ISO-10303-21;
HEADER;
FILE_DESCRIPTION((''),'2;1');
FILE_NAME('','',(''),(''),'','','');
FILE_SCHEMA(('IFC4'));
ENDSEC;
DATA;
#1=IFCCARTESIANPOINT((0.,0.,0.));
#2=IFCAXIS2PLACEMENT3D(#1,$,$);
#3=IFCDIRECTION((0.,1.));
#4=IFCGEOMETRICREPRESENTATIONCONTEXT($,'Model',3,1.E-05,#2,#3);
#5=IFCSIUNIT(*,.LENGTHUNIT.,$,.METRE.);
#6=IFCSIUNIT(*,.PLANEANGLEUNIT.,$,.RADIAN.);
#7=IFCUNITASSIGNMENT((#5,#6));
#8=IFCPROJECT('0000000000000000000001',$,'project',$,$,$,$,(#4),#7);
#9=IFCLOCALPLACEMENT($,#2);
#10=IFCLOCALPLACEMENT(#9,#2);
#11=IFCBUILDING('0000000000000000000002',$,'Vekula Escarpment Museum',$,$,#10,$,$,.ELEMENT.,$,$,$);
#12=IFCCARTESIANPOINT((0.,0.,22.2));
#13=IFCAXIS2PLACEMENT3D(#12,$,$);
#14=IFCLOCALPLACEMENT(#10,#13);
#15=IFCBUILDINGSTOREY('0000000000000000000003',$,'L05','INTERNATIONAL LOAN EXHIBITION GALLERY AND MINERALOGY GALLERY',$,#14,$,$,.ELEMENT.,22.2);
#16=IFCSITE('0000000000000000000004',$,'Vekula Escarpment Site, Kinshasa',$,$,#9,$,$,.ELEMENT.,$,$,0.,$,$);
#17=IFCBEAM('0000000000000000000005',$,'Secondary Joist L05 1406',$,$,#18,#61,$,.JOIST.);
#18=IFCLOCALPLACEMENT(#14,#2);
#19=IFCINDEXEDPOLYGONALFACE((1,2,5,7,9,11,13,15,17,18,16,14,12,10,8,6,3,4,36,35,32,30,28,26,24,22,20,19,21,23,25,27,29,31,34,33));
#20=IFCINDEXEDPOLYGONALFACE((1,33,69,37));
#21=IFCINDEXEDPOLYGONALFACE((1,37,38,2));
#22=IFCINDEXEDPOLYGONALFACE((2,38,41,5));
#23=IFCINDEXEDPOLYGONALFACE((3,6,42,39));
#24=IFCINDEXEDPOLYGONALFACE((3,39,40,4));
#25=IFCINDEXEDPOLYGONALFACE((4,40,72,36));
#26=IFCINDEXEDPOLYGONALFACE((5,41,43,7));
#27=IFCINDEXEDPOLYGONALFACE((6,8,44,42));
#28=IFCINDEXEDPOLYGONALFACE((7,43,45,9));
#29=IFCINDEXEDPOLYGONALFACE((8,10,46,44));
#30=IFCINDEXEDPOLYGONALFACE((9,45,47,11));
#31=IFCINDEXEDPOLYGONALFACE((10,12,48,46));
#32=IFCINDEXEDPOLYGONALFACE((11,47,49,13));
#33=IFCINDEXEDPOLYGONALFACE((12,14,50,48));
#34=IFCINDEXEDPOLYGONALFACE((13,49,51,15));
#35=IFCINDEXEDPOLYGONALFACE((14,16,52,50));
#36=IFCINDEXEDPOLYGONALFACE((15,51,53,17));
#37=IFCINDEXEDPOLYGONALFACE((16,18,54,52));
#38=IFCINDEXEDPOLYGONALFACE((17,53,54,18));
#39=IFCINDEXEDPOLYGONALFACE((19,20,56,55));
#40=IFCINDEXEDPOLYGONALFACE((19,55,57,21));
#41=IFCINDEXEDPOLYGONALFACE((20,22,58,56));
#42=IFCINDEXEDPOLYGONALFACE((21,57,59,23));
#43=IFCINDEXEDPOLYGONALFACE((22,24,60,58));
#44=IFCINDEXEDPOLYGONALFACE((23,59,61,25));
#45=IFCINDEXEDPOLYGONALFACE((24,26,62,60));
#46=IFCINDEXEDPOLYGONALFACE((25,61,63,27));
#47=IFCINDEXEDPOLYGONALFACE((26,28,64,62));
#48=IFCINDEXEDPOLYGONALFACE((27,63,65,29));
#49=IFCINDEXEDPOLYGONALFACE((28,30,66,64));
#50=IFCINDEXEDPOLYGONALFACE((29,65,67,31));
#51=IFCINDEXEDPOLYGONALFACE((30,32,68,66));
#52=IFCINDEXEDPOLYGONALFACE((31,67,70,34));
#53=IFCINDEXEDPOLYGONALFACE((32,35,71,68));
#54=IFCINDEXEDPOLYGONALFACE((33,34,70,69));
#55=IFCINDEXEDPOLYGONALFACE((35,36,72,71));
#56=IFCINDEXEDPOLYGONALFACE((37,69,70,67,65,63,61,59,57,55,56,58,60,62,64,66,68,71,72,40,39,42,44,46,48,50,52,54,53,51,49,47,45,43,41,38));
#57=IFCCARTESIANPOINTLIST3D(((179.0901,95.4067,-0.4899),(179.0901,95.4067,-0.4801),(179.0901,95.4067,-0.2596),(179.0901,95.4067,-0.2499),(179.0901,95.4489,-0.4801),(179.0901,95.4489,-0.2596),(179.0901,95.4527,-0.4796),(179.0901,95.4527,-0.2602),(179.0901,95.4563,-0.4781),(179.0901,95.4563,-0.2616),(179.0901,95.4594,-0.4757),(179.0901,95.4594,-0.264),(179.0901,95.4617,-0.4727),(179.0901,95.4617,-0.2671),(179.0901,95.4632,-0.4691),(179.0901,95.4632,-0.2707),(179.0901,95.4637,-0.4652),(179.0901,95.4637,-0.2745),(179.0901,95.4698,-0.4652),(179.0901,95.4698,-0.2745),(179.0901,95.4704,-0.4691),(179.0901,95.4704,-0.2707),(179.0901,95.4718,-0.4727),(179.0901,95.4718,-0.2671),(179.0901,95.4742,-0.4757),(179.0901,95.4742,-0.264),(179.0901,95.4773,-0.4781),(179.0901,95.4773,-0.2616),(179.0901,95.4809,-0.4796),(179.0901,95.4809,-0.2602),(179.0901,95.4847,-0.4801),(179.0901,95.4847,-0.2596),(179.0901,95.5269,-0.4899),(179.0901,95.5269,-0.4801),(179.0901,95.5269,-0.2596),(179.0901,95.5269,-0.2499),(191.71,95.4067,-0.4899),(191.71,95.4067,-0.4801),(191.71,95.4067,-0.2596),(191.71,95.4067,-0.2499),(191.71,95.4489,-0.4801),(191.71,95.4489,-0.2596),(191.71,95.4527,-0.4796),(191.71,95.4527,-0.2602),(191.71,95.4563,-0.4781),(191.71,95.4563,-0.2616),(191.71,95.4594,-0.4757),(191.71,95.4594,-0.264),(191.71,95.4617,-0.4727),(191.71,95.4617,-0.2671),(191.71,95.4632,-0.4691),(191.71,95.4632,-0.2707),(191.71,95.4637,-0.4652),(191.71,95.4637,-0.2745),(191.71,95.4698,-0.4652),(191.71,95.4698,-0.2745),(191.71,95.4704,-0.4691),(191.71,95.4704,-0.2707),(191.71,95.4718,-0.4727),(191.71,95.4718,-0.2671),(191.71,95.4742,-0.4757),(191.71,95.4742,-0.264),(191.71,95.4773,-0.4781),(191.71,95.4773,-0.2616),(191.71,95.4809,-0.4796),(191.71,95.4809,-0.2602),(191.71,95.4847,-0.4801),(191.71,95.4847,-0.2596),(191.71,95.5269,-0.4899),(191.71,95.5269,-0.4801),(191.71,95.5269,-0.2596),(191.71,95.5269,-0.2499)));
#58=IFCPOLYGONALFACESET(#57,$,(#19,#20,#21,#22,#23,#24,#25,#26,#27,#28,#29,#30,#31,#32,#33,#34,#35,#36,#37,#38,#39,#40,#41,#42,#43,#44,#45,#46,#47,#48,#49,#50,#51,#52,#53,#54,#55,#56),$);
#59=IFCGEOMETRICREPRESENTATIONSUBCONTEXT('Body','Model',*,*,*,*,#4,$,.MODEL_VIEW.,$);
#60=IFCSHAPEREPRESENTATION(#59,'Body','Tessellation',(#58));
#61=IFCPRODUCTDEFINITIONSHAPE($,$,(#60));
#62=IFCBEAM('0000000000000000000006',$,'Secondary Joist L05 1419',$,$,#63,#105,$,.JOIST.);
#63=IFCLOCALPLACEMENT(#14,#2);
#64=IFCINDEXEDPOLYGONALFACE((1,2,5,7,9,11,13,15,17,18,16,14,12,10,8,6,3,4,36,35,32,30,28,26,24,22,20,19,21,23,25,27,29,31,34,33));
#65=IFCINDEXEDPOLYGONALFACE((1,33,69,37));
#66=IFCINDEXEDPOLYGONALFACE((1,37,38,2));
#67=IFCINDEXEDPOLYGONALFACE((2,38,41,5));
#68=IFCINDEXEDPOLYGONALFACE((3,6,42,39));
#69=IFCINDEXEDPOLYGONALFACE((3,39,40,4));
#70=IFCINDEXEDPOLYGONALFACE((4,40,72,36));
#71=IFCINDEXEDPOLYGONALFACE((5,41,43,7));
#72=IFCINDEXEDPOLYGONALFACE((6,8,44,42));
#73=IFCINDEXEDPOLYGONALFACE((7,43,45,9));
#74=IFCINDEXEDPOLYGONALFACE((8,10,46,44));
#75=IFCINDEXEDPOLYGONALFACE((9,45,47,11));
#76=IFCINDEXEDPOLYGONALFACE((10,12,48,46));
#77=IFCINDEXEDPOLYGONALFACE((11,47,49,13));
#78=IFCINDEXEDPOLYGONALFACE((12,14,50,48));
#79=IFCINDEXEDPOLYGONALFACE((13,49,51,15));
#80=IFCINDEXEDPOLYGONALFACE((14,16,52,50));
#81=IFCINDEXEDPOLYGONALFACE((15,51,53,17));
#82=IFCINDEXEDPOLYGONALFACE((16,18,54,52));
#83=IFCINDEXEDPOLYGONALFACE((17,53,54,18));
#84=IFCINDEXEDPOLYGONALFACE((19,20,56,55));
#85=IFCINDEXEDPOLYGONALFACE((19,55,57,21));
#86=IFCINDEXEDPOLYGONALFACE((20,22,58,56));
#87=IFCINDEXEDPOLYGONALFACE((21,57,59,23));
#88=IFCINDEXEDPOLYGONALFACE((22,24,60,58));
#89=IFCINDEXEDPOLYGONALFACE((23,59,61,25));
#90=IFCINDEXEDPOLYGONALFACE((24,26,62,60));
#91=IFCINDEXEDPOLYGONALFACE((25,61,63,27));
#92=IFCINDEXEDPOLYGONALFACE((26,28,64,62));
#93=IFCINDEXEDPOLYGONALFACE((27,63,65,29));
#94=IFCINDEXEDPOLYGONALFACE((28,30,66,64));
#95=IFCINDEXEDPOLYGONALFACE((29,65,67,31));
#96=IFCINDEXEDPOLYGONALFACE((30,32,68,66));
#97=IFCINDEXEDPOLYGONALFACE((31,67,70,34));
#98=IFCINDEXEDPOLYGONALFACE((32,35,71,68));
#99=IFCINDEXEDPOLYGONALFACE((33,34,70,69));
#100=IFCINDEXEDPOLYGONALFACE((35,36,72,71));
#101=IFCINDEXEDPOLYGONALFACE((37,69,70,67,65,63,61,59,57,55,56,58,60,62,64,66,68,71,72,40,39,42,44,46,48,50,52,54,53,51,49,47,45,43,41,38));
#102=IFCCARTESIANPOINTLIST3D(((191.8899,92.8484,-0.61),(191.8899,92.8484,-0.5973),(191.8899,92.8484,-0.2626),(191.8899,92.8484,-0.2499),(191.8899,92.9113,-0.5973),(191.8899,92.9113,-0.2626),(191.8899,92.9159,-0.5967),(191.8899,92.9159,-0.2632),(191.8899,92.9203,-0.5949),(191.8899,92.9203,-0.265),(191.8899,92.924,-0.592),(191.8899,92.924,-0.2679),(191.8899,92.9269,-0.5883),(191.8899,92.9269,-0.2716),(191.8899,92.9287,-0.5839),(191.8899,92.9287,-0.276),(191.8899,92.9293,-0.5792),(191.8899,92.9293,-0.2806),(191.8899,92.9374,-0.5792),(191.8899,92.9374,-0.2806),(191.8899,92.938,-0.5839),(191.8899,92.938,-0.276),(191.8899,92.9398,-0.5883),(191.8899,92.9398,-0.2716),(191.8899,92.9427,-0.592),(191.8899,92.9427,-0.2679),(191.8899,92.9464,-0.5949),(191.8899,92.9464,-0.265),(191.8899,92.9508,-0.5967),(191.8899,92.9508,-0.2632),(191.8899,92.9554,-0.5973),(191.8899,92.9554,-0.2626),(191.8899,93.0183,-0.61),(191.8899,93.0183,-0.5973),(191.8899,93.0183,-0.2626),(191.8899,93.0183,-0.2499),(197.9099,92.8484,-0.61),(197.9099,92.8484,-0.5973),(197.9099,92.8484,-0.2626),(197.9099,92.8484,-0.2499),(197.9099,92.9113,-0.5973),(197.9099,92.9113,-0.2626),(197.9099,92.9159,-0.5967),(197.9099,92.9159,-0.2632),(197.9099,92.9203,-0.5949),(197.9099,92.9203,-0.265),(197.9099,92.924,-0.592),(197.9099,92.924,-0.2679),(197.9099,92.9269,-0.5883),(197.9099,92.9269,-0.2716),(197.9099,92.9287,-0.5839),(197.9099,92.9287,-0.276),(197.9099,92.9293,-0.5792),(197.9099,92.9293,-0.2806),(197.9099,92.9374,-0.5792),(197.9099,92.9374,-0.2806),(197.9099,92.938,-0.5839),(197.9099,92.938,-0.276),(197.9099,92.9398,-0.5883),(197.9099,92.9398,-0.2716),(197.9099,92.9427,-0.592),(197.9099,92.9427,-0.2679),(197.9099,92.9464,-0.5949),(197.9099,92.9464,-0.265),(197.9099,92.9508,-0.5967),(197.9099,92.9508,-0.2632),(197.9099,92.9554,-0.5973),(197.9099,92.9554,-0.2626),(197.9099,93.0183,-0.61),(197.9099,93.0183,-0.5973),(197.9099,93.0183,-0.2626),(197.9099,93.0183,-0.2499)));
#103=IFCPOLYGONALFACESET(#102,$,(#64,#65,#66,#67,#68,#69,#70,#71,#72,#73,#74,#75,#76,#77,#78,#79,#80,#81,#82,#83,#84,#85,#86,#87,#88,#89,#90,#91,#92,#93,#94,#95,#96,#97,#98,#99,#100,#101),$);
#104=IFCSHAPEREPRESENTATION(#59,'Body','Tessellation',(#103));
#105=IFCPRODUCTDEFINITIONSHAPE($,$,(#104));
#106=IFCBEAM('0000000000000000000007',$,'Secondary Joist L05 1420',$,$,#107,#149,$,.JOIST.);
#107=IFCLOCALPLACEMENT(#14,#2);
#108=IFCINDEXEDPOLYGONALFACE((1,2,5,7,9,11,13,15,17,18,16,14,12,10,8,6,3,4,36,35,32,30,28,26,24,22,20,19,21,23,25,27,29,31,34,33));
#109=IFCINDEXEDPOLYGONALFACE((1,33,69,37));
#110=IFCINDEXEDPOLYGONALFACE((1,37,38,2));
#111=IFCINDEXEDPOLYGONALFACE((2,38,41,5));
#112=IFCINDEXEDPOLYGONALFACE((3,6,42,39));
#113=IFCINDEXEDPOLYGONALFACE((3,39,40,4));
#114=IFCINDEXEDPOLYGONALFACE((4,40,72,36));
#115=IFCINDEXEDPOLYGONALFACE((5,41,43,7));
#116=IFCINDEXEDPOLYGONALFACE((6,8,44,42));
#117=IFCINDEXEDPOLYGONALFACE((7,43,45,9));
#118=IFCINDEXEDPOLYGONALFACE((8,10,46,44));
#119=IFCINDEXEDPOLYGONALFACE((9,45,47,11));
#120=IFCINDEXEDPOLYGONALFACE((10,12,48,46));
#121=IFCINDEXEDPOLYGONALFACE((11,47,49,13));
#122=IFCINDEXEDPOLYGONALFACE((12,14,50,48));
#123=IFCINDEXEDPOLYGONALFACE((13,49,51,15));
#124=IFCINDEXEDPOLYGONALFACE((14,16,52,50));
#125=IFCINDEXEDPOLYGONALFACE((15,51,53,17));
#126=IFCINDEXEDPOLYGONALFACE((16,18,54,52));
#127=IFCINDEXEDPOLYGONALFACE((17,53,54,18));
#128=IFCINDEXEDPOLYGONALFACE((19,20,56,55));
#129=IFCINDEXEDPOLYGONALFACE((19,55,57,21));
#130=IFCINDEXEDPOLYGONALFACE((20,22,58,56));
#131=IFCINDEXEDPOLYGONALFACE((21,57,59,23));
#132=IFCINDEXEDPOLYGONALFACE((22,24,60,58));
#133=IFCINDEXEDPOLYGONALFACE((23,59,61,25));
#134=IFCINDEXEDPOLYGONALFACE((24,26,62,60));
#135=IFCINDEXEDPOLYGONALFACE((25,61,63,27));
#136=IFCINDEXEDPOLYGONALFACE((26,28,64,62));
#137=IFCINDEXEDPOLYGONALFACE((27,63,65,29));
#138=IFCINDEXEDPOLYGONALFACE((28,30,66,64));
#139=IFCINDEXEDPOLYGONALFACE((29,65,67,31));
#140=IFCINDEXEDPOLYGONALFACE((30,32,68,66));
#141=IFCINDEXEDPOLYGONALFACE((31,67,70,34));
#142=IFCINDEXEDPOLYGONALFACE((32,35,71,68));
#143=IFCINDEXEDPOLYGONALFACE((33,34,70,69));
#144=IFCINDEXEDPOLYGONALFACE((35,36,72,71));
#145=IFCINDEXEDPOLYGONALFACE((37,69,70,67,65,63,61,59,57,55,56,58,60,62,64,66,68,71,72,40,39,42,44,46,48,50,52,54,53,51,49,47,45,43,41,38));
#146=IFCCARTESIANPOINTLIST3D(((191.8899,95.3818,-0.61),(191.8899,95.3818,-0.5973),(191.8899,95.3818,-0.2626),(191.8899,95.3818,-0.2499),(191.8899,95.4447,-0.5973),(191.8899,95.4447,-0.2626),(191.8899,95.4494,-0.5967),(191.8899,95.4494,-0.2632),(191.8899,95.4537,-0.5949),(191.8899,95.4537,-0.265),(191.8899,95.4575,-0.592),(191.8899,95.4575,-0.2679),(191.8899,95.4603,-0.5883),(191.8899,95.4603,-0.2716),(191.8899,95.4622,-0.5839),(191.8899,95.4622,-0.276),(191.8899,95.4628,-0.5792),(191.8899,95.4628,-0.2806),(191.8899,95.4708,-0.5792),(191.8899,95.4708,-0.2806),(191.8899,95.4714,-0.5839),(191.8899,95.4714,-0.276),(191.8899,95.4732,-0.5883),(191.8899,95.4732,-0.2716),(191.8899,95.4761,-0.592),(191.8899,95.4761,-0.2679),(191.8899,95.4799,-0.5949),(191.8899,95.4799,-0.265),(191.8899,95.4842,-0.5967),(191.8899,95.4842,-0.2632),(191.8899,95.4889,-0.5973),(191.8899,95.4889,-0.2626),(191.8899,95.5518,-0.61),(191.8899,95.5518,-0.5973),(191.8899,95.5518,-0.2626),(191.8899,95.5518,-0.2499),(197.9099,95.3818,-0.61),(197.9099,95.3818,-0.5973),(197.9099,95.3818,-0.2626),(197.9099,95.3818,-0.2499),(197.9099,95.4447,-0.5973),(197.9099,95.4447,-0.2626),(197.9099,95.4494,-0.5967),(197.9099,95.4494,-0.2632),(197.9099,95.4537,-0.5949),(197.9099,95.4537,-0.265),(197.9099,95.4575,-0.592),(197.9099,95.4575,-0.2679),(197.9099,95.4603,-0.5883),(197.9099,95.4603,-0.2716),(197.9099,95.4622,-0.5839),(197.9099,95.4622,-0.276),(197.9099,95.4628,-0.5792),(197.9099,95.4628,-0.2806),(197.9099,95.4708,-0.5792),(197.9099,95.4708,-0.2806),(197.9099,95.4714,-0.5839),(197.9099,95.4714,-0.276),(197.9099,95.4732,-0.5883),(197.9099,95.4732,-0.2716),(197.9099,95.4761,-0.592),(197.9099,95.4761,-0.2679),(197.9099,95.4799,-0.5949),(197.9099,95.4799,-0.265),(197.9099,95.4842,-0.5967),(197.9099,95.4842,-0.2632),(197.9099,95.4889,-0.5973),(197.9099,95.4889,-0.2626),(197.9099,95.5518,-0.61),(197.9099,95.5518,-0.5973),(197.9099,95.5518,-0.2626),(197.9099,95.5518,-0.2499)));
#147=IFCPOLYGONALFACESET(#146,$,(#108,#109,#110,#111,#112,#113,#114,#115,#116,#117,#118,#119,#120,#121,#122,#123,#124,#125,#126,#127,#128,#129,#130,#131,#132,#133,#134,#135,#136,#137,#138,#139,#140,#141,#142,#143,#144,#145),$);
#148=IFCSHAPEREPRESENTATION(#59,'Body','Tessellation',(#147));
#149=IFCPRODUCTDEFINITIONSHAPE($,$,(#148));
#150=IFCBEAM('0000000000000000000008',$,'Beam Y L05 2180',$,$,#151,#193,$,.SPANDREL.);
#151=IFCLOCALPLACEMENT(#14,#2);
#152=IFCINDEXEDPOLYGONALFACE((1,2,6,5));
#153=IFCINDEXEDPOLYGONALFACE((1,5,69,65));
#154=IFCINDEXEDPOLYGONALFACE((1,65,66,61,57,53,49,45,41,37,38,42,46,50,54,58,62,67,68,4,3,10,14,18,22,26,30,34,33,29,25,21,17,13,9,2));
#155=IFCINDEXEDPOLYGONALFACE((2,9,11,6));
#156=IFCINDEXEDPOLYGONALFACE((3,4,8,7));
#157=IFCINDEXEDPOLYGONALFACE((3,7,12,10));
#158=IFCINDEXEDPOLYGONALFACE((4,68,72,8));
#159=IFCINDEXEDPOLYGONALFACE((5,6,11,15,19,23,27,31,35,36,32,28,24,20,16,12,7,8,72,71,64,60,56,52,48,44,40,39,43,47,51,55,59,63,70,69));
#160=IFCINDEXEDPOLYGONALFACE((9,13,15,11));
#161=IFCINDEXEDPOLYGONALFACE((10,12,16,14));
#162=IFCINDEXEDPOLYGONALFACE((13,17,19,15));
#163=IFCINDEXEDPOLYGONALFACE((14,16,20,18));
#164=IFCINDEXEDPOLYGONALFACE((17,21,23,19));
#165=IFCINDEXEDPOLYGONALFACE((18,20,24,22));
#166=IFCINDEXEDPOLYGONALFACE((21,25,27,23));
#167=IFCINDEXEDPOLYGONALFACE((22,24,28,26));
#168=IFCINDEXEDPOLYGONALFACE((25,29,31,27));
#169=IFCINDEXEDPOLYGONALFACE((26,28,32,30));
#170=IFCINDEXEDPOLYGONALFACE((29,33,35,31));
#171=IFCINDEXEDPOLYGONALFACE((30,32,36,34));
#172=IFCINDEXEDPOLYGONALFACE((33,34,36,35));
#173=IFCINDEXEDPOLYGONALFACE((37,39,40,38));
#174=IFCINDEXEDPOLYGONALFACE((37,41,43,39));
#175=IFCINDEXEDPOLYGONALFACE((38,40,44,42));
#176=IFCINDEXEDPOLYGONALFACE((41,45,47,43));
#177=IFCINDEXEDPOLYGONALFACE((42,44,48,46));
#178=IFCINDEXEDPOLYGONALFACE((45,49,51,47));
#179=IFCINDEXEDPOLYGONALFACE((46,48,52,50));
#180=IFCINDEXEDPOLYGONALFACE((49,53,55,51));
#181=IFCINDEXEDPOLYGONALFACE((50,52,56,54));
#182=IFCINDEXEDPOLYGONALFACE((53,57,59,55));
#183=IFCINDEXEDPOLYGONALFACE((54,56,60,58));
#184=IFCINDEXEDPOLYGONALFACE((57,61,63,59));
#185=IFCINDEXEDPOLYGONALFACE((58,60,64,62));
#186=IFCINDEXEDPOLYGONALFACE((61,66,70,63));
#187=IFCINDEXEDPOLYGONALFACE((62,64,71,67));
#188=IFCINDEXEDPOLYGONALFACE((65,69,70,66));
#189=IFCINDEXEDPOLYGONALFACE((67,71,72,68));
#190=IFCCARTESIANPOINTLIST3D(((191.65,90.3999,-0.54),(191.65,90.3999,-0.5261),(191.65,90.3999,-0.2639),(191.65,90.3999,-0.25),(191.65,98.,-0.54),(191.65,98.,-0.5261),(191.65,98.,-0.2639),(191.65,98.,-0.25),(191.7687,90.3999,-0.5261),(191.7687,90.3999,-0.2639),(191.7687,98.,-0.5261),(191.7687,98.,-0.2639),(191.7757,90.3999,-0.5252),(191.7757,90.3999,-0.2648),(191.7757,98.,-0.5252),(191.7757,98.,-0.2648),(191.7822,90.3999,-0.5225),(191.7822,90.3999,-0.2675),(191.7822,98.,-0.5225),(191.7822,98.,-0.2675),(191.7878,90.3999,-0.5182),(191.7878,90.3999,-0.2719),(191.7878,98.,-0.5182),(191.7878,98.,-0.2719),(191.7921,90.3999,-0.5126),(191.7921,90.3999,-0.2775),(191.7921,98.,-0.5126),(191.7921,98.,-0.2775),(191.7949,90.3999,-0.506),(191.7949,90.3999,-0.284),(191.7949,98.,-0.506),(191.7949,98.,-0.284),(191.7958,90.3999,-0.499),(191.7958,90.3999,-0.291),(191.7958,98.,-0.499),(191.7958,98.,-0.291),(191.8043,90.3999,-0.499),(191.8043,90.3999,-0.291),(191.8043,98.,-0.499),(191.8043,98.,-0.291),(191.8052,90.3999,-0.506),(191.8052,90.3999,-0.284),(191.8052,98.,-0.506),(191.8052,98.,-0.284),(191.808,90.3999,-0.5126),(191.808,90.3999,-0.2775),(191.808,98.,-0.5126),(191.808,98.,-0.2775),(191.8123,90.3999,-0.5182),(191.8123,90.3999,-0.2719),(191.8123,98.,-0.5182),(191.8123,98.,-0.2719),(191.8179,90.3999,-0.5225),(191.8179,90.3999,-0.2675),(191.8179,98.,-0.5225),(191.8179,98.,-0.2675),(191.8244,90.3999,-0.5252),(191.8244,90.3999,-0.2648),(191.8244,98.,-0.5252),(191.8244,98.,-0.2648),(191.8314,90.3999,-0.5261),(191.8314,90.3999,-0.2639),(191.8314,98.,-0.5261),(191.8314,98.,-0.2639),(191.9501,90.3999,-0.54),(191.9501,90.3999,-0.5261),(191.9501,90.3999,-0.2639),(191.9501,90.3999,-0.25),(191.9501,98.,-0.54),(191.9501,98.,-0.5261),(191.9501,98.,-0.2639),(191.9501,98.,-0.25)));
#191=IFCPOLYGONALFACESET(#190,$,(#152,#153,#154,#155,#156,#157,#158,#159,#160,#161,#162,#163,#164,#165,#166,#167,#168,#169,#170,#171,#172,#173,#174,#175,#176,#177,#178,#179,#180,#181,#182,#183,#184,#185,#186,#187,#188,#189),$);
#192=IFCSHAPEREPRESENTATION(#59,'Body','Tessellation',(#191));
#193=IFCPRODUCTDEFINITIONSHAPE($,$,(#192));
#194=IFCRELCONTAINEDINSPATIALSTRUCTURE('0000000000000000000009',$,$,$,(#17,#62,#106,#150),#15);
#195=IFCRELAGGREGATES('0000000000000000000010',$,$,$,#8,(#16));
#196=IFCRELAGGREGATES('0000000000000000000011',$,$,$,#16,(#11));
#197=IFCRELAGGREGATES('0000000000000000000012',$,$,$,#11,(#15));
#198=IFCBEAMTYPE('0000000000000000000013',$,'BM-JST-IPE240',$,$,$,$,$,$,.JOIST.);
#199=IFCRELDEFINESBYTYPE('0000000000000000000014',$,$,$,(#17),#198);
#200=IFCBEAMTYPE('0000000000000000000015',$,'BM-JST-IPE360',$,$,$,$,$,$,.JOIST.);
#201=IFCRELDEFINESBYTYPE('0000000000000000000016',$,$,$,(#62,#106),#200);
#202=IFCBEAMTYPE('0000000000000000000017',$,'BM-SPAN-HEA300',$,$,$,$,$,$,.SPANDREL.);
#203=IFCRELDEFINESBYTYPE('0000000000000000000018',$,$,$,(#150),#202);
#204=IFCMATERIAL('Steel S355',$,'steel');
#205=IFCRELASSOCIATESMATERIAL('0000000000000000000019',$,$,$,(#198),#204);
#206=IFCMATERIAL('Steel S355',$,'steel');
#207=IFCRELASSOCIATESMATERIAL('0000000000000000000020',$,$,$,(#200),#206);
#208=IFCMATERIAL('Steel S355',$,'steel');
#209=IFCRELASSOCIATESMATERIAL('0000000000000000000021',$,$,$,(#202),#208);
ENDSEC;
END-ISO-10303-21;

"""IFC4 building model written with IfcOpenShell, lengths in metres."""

from ifc_helpers import new_model, si_unit, direction, frame, origin, origin_2d, place, context, subcontext, project, spatial, i_section, extrude, material, material_profile, profile_set, type_object, element, save


model = new_model("IFC4")

# Units and contexts
model_context = context("Model", 3, precision=1e-05, world=origin(), true_north=direction((0.0, 1.0)))
body_context = subcontext(model_context, "Body", "Model", "MODEL_VIEW")
ifc_project = project(units=[si_unit("LENGTHUNIT", "METRE"), si_unit("PLANEANGLEUNIT", "RADIAN")], contexts=[model_context])

# Site, building, storey
site_placement = place(None, origin())
site = spatial("IfcSite", under=ifc_project, at=site_placement, Name="Vekula Escarpment Site, Kinshasa", CompositionType="ELEMENT", RefElevation=0.0)
building_placement = place(site_placement, origin())
building = spatial("IfcBuilding", under=site, at=building_placement, Name="Vekula Escarpment Museum", CompositionType="ELEMENT")
storey_placement = place(building_placement, frame((0.0, 0.0, 22.2)))
storey = spatial("IfcBuildingStorey", under=building, at=storey_placement, Name="L05", Description="INTERNATIONAL LOAN EXHIBITION GALLERY AND MINERALOGY GALLERY", CompositionType="ELEMENT", Elevation=22.2)

# Beams
ifc_material_1 = material(Name="Steel S355", Category="steel")
ifc_material_profile_1 = material_profile(ifc_material_1, i_section(OverallWidth=0.1201, OverallDepth=0.24, WebThickness=0.0061, FlangeThickness=0.0098, FilletRadius=0.0149, at=origin_2d()), Name="IPE 240")
ifc_profile_set_1 = profile_set([ifc_material_profile_1], Name="Steel S355")
beam_type_1 = type_object("IfcBeamType", Name="BM-JST-IPE240", PredefinedType="JOIST", material=ifc_profile_set_1)
for number, where, z_axis, x_axis, name in (
    (1, (179.0901, 95.4668, -0.3699), (1.0, 0.0, 0.0), (0.0, 1.0, 0.0), "Secondary Joist L05 1406"),
):
    element("IfcBeam", number, at=place(storey_placement, frame(where, z_axis=z_axis, x_axis=x_axis)), inside=storey, type_object=beam_type_1, Name=name, PredefinedType="JOIST", context=body_context, shape_type="SweptSolid", body=[
        extrude(i_section(OverallWidth=0.1201, OverallDepth=0.24, WebThickness=0.0061, FlangeThickness=0.0098, FilletRadius=0.0149, at=origin_2d()), origin(), (0.0, 0.0, 1.0), 12.6199),
    ])
ifc_material_2 = material(Name="Steel S355", Category="steel")
ifc_material_profile_2 = material_profile(ifc_material_2, i_section(OverallWidth=0.1699, OverallDepth=0.3601, WebThickness=0.0081, FlangeThickness=0.0127, FilletRadius=0.0181, at=origin_2d()), Name="IPE 360")
ifc_profile_set_2 = profile_set([ifc_material_profile_2], Name="Steel S355")
beam_type_2 = type_object("IfcBeamType", Name="BM-JST-IPE360", PredefinedType="JOIST", material=ifc_profile_set_2)
for number, where, z_axis, x_axis, name in (
    (2, (191.8899, 92.9333, -0.4299), (1.0, 0.0, 0.0), (0.0, 1.0, 0.0), "Secondary Joist L05 1419"),
    (3, (191.8899, 95.4668, -0.4299), (1.0, 0.0, 0.0), (0.0, 1.0, 0.0), "Secondary Joist L05 1420"),
):
    element("IfcBeam", number, at=place(storey_placement, frame(where, z_axis=z_axis, x_axis=x_axis)), inside=storey, type_object=beam_type_2, Name=name, PredefinedType="JOIST", context=body_context, shape_type="SweptSolid", body=[
        extrude(i_section(OverallWidth=0.1699, OverallDepth=0.3601, WebThickness=0.0081, FlangeThickness=0.0127, FilletRadius=0.0181, at=origin_2d()), origin(), (0.0, 0.0, 1.0), 6.02),
    ])
ifc_material_3 = material(Name="Steel S355", Category="steel")
ifc_material_profile_3 = material_profile(ifc_material_3, i_section(OverallWidth=0.3, OverallDepth=0.29, WebThickness=0.0085, FlangeThickness=0.0139, FilletRadius=0.0271, at=origin_2d()), Name="HEA 300")
ifc_profile_set_3 = profile_set([ifc_material_profile_3], Name="Steel S355")
beam_type_3 = type_object("IfcBeamType", Name="BM-SPAN-HEA300", PredefinedType="SPANDREL", material=ifc_profile_set_3)
for number, where, z_axis, x_axis, name in (
    (4, (191.8, 90.3999, -0.395), (0.0, 1.0, 0.0), (-1.0, 0.0, 0.0), "Beam Y L05 2180"),
):
    element("IfcBeam", number, at=place(storey_placement, frame(where, z_axis=z_axis, x_axis=x_axis)), inside=storey, type_object=beam_type_3, Name=name, PredefinedType="SPANDREL", context=body_context, shape_type="SweptSolid", body=[
        extrude(i_section(OverallWidth=0.3, OverallDepth=0.29, WebThickness=0.0085, FlangeThickness=0.0139, FilletRadius=0.0271, at=origin_2d()), origin(), (0.0, 0.0, 1.0), 7.6001),
    ])

save(model, "model.ifc")
